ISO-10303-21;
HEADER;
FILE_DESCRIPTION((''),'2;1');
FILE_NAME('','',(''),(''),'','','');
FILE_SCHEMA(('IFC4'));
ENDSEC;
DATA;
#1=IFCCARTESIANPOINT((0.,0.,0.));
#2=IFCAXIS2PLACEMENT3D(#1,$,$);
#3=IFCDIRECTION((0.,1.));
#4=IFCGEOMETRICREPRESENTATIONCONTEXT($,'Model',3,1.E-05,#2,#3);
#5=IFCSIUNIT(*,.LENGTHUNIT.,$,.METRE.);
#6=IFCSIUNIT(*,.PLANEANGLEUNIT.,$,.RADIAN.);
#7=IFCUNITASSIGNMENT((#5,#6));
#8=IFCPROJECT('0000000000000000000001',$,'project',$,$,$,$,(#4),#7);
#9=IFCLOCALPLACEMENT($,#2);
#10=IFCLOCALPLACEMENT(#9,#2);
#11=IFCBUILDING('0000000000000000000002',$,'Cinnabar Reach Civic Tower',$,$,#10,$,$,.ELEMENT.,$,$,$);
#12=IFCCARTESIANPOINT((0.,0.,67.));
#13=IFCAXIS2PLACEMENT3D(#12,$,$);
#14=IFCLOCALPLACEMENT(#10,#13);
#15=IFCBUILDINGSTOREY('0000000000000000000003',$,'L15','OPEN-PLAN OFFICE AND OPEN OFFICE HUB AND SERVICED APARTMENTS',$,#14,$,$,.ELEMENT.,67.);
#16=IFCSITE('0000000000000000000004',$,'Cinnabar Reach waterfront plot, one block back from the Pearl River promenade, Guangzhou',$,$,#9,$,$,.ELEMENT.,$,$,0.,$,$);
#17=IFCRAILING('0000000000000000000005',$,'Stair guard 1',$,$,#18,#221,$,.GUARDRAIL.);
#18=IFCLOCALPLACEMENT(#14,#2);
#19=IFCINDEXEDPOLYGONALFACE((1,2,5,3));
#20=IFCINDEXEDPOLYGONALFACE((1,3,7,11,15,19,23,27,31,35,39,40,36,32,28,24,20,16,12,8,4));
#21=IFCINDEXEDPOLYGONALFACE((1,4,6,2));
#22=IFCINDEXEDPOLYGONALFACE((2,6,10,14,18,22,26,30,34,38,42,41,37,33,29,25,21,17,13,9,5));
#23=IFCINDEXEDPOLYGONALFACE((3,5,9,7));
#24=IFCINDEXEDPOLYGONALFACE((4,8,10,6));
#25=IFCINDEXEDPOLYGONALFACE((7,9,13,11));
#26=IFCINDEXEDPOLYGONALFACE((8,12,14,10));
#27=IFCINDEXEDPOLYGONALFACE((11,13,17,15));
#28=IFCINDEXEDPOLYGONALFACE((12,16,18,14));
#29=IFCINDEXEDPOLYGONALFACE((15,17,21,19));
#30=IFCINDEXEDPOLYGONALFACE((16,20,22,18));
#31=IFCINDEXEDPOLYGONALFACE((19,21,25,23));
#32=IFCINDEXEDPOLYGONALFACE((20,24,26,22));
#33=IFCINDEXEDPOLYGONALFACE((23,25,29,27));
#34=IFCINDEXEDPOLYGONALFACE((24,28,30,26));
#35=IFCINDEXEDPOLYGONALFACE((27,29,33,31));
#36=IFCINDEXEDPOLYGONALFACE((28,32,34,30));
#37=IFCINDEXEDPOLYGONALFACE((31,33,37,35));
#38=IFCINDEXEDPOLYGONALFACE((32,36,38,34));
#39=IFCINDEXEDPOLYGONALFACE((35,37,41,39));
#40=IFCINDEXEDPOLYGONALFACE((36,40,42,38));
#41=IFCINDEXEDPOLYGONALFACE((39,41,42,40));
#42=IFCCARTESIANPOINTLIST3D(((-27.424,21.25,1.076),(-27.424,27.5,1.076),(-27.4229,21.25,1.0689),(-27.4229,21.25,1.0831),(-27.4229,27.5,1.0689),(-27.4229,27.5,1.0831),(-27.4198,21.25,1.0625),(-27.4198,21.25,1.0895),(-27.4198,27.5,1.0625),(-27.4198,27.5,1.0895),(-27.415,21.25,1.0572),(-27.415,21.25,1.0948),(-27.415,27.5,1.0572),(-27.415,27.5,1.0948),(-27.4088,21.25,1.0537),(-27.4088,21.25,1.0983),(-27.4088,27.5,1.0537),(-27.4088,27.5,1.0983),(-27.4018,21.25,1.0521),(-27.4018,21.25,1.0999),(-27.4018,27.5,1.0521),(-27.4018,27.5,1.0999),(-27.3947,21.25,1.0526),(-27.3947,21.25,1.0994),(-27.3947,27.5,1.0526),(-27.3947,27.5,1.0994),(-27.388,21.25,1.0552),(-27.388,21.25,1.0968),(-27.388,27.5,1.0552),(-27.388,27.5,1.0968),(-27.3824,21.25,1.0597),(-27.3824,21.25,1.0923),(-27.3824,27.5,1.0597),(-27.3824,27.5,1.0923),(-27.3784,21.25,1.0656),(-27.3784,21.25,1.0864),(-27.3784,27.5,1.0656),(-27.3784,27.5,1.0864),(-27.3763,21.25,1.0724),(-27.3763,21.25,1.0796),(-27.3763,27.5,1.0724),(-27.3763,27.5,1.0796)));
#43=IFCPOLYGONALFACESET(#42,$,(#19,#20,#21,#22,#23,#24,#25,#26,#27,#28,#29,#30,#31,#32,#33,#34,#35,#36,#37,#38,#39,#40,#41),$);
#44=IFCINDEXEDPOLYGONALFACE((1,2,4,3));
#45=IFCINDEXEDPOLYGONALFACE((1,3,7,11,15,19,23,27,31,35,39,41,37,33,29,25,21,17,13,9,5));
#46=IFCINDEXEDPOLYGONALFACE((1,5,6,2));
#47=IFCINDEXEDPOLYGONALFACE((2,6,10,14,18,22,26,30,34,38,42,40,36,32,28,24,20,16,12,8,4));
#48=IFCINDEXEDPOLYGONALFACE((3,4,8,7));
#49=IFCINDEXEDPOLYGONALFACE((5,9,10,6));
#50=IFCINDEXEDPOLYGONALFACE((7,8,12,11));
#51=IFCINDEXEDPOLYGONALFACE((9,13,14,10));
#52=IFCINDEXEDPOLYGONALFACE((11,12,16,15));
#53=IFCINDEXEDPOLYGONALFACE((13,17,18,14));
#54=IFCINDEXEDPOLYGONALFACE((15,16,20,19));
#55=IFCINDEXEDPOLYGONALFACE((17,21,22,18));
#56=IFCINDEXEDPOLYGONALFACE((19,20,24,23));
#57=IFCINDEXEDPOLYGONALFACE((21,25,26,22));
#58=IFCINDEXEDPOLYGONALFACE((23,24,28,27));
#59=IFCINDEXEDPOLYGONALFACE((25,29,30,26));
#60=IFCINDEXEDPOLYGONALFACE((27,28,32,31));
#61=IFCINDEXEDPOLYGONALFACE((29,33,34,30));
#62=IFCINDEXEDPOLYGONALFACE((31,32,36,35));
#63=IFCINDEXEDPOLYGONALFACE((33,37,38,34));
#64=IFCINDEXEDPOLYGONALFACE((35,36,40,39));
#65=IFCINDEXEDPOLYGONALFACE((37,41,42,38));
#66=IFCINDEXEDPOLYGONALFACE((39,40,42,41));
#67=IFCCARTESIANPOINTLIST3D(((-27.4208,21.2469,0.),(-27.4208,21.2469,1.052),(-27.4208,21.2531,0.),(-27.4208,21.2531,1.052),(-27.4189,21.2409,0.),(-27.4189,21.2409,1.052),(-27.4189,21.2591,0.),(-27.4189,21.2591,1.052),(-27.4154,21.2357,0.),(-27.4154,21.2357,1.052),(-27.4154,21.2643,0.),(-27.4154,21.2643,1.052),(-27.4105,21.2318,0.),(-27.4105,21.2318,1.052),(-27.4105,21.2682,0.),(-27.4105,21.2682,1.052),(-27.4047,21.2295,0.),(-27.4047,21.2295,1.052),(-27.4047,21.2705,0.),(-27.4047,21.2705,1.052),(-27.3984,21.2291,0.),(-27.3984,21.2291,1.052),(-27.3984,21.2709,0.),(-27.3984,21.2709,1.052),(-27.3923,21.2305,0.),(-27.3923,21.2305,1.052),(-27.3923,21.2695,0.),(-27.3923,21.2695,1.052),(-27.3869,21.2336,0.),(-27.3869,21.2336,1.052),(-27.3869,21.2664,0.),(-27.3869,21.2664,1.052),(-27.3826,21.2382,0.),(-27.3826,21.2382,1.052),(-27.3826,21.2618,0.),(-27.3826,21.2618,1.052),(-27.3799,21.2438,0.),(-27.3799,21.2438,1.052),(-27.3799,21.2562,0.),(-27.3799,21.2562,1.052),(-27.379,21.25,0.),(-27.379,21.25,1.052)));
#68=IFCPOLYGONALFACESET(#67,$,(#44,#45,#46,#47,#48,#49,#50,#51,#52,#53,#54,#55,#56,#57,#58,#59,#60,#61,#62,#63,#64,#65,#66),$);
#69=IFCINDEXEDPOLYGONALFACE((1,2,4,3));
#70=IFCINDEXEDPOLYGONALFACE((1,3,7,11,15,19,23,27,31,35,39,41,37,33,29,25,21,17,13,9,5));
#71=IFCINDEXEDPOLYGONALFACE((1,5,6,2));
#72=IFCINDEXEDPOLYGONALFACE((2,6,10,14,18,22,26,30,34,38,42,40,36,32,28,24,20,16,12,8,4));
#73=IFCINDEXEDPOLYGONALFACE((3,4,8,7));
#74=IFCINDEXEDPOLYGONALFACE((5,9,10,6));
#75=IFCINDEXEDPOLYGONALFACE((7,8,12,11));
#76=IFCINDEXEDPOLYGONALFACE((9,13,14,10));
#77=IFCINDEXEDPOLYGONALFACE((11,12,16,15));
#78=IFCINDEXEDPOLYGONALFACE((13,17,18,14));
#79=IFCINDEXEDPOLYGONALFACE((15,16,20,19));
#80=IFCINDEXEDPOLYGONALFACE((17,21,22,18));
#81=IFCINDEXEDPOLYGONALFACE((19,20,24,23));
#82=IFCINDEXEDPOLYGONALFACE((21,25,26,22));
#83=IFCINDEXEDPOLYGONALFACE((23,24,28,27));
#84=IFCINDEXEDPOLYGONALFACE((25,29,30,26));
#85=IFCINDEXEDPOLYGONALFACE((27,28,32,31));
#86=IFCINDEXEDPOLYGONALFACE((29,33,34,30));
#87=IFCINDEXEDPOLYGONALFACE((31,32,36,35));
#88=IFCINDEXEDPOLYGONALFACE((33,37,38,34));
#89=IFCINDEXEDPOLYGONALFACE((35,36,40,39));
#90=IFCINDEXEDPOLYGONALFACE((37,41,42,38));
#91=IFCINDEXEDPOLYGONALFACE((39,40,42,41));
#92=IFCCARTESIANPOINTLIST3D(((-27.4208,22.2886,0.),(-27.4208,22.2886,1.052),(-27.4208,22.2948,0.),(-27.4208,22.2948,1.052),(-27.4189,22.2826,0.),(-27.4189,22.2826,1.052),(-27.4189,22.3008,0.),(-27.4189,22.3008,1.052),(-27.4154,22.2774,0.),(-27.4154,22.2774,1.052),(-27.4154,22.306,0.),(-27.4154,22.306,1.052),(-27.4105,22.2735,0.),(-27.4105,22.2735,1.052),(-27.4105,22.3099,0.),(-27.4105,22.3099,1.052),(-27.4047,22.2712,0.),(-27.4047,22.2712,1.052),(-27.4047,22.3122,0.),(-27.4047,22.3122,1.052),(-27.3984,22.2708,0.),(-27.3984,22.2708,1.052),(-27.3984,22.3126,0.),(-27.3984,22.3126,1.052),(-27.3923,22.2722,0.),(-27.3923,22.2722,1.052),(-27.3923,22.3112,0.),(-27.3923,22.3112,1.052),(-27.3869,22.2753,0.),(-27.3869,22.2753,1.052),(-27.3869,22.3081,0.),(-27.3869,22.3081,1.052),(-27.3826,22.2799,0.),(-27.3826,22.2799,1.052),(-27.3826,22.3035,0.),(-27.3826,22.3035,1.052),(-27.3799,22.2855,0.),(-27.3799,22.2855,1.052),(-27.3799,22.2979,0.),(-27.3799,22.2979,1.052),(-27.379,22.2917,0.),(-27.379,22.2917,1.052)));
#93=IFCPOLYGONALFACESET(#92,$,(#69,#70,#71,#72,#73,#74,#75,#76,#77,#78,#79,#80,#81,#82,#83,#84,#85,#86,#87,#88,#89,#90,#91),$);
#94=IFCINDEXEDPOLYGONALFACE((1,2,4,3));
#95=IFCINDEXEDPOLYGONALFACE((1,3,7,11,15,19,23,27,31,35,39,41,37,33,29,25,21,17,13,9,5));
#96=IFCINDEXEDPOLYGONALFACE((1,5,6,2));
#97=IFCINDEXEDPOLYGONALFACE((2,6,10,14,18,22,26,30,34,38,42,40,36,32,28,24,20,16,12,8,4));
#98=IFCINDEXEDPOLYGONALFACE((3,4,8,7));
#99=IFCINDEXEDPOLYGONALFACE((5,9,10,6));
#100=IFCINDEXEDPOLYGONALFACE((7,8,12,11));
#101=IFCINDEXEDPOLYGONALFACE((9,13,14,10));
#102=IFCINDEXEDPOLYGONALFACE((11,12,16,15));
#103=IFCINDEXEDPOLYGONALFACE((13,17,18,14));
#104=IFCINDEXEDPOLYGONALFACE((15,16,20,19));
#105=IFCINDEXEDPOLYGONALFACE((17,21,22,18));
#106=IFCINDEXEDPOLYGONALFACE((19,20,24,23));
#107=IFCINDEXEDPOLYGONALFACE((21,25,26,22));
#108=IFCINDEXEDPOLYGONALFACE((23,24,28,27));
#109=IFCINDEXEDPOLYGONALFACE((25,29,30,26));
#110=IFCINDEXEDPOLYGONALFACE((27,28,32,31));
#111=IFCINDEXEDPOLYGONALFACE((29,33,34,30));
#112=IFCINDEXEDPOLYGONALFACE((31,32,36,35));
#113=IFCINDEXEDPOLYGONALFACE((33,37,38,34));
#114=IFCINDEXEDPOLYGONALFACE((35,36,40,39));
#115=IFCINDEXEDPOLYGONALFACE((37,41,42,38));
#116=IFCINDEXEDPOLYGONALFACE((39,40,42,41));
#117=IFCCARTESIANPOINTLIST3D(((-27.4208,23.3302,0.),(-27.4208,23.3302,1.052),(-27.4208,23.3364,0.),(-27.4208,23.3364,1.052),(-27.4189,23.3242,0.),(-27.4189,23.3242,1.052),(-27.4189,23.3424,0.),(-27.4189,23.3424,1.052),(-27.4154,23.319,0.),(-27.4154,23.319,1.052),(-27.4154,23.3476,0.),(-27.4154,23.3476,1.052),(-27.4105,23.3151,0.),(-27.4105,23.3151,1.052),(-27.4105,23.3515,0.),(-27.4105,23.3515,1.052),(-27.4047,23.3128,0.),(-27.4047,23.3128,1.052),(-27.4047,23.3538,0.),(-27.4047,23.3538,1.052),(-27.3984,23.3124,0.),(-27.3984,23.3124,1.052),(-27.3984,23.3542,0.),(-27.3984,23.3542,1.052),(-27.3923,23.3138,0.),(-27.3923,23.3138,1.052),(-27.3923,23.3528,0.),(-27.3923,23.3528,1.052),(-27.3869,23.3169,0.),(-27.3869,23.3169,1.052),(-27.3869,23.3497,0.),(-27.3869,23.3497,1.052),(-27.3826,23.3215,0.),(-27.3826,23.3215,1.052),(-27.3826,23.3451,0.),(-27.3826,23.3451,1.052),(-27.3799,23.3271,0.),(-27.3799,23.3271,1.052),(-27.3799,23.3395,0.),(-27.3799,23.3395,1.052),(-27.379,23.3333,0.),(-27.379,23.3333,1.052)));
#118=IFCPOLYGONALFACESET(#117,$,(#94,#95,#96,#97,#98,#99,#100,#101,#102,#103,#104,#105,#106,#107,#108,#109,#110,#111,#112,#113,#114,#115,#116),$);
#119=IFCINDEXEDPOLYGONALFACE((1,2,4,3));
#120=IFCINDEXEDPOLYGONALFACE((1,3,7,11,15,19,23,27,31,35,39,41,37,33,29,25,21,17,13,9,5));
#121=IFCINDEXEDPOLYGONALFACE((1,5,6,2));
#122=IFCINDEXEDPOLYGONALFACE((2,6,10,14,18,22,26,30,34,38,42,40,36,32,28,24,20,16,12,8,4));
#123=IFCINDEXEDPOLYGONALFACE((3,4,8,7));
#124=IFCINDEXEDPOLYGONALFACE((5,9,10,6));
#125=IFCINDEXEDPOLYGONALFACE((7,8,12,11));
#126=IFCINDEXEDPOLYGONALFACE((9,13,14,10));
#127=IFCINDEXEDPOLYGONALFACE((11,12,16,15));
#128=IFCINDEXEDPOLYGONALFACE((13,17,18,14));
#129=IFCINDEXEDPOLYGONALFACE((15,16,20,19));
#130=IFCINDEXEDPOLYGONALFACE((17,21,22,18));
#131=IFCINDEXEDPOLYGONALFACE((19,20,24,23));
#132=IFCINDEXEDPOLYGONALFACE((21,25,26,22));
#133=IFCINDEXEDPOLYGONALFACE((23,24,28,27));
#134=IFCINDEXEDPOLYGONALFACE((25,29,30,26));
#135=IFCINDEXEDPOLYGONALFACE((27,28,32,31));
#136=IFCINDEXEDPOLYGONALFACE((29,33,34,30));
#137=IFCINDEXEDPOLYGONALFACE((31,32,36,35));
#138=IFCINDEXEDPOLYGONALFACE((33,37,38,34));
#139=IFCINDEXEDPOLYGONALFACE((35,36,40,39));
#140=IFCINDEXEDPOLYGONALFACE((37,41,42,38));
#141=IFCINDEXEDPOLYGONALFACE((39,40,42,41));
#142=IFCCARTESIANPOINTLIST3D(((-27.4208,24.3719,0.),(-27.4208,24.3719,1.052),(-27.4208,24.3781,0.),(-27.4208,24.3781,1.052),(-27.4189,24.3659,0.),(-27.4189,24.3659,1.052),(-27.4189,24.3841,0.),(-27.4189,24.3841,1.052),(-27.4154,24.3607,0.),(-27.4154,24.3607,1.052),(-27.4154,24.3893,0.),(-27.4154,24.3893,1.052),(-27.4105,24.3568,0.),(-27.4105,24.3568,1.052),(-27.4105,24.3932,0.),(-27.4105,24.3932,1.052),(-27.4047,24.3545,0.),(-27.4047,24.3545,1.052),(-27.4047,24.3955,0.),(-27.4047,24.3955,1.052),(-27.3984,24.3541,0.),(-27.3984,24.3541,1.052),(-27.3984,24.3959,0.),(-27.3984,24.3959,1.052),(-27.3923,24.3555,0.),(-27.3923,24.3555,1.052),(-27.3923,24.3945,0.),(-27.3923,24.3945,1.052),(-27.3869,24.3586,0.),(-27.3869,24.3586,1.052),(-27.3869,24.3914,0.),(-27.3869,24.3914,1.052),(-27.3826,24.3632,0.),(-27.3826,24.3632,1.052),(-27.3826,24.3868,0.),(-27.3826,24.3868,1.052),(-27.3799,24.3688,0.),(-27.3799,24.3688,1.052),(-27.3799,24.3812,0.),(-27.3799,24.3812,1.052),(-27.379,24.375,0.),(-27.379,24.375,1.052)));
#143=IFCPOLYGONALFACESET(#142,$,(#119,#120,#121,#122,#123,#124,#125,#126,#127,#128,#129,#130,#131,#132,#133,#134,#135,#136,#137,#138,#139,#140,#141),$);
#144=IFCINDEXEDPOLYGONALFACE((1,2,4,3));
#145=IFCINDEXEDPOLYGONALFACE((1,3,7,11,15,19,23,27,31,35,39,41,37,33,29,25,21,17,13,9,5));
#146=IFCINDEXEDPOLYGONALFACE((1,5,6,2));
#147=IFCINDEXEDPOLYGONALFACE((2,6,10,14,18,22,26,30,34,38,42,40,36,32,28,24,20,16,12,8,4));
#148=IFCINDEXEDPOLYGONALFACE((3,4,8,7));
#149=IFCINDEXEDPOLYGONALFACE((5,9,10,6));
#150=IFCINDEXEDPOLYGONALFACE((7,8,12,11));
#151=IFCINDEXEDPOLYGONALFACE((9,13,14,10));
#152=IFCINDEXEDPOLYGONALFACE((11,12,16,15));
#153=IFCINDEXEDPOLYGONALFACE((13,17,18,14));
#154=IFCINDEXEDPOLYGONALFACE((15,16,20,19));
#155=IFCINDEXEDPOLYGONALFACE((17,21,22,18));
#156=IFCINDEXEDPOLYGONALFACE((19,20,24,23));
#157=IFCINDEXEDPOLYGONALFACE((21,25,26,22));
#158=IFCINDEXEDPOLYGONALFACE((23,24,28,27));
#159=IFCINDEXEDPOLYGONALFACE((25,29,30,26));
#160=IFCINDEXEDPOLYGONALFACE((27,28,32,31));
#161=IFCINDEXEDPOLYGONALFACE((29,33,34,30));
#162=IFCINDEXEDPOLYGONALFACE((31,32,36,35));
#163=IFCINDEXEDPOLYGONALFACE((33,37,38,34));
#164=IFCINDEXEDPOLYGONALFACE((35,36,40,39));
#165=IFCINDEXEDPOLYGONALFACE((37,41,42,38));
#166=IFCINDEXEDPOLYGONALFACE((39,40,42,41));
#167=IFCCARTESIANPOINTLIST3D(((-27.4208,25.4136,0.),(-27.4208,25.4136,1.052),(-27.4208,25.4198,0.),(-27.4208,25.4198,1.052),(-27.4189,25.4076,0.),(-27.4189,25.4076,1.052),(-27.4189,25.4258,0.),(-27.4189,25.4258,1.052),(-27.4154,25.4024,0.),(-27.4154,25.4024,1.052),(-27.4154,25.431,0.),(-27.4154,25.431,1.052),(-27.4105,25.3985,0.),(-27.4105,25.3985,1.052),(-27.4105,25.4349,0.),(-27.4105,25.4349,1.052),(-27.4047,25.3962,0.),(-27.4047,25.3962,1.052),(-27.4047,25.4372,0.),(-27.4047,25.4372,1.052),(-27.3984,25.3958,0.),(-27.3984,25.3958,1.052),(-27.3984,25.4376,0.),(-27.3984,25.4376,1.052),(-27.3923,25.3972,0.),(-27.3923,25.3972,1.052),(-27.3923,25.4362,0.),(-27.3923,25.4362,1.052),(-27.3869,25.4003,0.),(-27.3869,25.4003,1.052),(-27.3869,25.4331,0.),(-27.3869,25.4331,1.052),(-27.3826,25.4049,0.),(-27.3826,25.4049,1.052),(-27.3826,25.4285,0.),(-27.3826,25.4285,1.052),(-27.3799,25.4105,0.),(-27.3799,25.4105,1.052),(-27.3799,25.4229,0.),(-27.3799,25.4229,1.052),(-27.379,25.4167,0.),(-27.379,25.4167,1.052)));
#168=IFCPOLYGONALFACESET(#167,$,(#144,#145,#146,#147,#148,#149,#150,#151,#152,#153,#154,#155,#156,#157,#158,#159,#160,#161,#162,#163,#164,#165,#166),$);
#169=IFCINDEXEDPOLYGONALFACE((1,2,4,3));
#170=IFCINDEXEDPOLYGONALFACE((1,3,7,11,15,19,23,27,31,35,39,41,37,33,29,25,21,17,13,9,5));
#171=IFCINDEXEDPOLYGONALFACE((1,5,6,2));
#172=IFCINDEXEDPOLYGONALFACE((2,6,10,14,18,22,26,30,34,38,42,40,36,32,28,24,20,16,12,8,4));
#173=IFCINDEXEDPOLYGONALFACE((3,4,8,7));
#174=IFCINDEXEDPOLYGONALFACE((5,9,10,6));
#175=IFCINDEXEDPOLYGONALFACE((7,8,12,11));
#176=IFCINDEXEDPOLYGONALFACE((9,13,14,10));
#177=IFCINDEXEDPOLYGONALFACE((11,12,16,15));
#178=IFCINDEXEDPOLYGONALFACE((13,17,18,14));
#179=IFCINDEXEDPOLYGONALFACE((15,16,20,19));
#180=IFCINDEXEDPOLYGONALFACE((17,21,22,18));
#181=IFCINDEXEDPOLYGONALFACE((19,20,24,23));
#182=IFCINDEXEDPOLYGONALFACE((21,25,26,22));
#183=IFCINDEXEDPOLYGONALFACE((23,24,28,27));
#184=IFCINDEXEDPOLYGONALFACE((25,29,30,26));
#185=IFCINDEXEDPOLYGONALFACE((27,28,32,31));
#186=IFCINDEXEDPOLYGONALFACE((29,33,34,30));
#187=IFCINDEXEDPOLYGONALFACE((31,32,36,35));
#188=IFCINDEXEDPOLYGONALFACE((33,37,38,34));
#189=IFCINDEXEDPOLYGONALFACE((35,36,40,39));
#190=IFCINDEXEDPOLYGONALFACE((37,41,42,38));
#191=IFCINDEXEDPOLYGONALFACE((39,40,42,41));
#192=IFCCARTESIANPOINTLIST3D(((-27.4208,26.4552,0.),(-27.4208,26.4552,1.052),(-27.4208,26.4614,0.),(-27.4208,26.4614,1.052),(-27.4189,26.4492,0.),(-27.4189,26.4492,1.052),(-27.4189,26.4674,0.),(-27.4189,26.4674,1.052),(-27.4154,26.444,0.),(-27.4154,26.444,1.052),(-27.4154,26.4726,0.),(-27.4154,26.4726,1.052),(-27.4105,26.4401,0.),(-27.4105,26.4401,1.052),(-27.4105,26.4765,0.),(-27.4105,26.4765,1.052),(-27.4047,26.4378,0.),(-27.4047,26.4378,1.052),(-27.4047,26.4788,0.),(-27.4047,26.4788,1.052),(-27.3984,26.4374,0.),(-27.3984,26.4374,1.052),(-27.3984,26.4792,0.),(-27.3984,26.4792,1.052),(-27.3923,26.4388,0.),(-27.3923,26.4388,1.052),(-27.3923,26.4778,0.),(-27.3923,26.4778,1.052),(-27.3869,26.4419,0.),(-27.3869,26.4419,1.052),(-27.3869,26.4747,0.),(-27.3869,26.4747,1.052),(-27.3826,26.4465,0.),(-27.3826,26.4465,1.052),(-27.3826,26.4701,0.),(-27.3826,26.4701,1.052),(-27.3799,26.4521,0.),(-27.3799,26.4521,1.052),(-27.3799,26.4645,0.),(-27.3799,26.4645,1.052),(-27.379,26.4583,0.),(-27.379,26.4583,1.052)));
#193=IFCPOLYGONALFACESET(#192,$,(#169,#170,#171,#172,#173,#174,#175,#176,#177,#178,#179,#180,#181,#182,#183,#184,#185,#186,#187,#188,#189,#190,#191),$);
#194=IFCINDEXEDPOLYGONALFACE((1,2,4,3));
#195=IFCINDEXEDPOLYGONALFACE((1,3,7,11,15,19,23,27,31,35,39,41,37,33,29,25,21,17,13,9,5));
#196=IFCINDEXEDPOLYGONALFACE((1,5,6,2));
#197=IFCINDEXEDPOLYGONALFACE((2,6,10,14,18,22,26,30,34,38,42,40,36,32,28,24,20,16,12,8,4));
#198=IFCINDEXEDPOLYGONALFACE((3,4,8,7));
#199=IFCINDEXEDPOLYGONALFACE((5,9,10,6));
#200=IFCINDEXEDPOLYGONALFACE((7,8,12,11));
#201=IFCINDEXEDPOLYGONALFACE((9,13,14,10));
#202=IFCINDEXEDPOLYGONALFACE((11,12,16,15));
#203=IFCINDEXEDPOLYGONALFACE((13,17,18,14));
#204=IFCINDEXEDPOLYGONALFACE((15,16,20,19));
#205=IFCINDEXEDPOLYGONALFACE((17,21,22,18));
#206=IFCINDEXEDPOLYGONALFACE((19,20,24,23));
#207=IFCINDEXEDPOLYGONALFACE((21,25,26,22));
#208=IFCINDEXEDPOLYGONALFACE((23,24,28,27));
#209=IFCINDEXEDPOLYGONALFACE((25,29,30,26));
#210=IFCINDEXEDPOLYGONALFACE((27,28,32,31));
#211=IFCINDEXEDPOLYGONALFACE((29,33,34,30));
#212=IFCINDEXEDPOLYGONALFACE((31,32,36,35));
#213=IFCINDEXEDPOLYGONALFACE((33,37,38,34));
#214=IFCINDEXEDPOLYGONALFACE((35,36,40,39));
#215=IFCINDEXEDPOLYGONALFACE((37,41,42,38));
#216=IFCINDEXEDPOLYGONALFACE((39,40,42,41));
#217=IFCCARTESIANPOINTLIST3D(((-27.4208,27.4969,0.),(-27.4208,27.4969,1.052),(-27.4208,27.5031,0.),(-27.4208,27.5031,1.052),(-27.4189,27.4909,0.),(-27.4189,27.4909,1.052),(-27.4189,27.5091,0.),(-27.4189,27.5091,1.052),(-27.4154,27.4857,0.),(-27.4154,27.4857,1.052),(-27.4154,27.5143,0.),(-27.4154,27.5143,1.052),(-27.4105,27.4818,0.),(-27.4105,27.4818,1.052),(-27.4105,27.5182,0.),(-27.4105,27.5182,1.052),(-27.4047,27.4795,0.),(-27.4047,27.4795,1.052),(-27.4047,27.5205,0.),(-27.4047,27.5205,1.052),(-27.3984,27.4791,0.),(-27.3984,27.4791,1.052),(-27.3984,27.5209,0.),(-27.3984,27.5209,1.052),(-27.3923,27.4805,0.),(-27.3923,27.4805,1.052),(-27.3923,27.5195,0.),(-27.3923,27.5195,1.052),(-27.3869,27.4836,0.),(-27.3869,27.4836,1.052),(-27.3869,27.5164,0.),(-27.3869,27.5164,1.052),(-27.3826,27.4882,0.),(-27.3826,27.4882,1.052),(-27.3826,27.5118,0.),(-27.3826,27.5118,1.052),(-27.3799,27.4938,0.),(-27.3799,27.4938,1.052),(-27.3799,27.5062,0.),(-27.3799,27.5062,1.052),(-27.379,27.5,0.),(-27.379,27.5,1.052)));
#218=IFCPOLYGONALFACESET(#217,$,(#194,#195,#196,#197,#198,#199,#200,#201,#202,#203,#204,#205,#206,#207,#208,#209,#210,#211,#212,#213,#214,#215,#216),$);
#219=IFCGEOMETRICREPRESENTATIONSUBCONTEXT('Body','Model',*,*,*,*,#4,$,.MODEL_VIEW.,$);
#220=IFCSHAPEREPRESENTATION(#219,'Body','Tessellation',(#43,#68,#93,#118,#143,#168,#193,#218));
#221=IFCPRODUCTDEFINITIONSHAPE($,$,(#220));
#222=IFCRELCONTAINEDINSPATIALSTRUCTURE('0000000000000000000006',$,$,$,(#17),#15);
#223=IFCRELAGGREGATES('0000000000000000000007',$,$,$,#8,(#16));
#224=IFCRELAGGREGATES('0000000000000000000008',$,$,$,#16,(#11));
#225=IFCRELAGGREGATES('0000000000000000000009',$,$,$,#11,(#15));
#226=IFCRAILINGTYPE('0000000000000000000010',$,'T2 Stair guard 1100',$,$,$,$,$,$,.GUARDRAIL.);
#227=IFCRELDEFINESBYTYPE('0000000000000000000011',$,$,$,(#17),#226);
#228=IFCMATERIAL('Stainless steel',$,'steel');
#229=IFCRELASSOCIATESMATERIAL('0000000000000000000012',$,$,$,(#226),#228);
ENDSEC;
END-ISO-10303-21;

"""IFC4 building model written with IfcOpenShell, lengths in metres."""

from ifc_helpers import new_model, si_unit, direction, frame, origin, origin_2d, place, context, subcontext, project, spatial, circle, extrude, material, type_object, element, save


model = new_model("IFC4")

# Units and contexts
model_context = context("Model", 3, precision=1e-05, world=origin(), true_north=direction((0.0, 1.0)))
body_context = subcontext(model_context, "Body", "Model", "MODEL_VIEW")
ifc_project = project(units=[si_unit("LENGTHUNIT", "METRE"), si_unit("PLANEANGLEUNIT", "RADIAN")], contexts=[model_context])

# Site, building, storey
site_placement = place(None, origin())
site = spatial("IfcSite", under=ifc_project, at=site_placement, Name="Cinnabar Reach waterfront plot, one block back from the Pearl River promenade, Guangzhou", CompositionType="ELEMENT", RefElevation=0.0)
building_placement = place(site_placement, origin())
building = spatial("IfcBuilding", under=site, at=building_placement, Name="Cinnabar Reach Civic Tower", CompositionType="ELEMENT")
storey_placement = place(building_placement, frame((0.0, 0.0, 67.0)))
storey = spatial("IfcBuildingStorey", under=building, at=storey_placement, Name="L15", Description="OPEN-PLAN OFFICE AND OPEN OFFICE HUB AND SERVICED APARTMENTS", CompositionType="ELEMENT", Elevation=67.0)

# Railing
ifc_material_1 = material(Name="Stainless steel", Category="steel")
railing_type = type_object("IfcRailingType", Name="T2 Stair guard 1100", PredefinedType="GUARDRAIL", material=ifc_material_1)
for number, where, name in (
    (1, (-27.4, 21.25, 0.0), "Stair guard 1"),
):
    element("IfcRailing", number, at=place(storey_placement, frame(where)), inside=storey, type_object=railing_type, Name=name, PredefinedType="GUARDRAIL", context=body_context, shape_type="SweptSolid", body=[
        extrude(circle(Radius=0.024, at=origin_2d()), frame((0.0, 0.0, 1.076), z_axis=(0.0, 1.0, 0.0), x_axis=(-1.0, 0.0, 0.0)), (0.0, 0.0, 1.0), 6.25),
        extrude(circle(Radius=0.021, at=origin_2d()), origin(), (0.0, 0.0, 1.0), 1.052),
        extrude(circle(Radius=0.021, at=origin_2d()), frame((0.0, 1.0417, 0.0)), (0.0, 0.0, 1.0), 1.052),
        extrude(circle(Radius=0.021, at=origin_2d()), frame((0.0, 2.0833, 0.0)), (0.0, 0.0, 1.0), 1.052),
        extrude(circle(Radius=0.021, at=origin_2d()), frame((0.0, 3.125, 0.0)), (0.0, 0.0, 1.0), 1.052),
        extrude(circle(Radius=0.021, at=origin_2d()), frame((0.0, 4.1667, 0.0)), (0.0, 0.0, 1.0), 1.052),
        extrude(circle(Radius=0.021, at=origin_2d()), frame((0.0, 5.2083, 0.0)), (0.0, 0.0, 1.0), 1.052),
        extrude(circle(Radius=0.021, at=origin_2d()), frame((0.0, 6.25, 0.0)), (0.0, 0.0, 1.0), 1.052),
    ])

save(model, "model.ifc")
